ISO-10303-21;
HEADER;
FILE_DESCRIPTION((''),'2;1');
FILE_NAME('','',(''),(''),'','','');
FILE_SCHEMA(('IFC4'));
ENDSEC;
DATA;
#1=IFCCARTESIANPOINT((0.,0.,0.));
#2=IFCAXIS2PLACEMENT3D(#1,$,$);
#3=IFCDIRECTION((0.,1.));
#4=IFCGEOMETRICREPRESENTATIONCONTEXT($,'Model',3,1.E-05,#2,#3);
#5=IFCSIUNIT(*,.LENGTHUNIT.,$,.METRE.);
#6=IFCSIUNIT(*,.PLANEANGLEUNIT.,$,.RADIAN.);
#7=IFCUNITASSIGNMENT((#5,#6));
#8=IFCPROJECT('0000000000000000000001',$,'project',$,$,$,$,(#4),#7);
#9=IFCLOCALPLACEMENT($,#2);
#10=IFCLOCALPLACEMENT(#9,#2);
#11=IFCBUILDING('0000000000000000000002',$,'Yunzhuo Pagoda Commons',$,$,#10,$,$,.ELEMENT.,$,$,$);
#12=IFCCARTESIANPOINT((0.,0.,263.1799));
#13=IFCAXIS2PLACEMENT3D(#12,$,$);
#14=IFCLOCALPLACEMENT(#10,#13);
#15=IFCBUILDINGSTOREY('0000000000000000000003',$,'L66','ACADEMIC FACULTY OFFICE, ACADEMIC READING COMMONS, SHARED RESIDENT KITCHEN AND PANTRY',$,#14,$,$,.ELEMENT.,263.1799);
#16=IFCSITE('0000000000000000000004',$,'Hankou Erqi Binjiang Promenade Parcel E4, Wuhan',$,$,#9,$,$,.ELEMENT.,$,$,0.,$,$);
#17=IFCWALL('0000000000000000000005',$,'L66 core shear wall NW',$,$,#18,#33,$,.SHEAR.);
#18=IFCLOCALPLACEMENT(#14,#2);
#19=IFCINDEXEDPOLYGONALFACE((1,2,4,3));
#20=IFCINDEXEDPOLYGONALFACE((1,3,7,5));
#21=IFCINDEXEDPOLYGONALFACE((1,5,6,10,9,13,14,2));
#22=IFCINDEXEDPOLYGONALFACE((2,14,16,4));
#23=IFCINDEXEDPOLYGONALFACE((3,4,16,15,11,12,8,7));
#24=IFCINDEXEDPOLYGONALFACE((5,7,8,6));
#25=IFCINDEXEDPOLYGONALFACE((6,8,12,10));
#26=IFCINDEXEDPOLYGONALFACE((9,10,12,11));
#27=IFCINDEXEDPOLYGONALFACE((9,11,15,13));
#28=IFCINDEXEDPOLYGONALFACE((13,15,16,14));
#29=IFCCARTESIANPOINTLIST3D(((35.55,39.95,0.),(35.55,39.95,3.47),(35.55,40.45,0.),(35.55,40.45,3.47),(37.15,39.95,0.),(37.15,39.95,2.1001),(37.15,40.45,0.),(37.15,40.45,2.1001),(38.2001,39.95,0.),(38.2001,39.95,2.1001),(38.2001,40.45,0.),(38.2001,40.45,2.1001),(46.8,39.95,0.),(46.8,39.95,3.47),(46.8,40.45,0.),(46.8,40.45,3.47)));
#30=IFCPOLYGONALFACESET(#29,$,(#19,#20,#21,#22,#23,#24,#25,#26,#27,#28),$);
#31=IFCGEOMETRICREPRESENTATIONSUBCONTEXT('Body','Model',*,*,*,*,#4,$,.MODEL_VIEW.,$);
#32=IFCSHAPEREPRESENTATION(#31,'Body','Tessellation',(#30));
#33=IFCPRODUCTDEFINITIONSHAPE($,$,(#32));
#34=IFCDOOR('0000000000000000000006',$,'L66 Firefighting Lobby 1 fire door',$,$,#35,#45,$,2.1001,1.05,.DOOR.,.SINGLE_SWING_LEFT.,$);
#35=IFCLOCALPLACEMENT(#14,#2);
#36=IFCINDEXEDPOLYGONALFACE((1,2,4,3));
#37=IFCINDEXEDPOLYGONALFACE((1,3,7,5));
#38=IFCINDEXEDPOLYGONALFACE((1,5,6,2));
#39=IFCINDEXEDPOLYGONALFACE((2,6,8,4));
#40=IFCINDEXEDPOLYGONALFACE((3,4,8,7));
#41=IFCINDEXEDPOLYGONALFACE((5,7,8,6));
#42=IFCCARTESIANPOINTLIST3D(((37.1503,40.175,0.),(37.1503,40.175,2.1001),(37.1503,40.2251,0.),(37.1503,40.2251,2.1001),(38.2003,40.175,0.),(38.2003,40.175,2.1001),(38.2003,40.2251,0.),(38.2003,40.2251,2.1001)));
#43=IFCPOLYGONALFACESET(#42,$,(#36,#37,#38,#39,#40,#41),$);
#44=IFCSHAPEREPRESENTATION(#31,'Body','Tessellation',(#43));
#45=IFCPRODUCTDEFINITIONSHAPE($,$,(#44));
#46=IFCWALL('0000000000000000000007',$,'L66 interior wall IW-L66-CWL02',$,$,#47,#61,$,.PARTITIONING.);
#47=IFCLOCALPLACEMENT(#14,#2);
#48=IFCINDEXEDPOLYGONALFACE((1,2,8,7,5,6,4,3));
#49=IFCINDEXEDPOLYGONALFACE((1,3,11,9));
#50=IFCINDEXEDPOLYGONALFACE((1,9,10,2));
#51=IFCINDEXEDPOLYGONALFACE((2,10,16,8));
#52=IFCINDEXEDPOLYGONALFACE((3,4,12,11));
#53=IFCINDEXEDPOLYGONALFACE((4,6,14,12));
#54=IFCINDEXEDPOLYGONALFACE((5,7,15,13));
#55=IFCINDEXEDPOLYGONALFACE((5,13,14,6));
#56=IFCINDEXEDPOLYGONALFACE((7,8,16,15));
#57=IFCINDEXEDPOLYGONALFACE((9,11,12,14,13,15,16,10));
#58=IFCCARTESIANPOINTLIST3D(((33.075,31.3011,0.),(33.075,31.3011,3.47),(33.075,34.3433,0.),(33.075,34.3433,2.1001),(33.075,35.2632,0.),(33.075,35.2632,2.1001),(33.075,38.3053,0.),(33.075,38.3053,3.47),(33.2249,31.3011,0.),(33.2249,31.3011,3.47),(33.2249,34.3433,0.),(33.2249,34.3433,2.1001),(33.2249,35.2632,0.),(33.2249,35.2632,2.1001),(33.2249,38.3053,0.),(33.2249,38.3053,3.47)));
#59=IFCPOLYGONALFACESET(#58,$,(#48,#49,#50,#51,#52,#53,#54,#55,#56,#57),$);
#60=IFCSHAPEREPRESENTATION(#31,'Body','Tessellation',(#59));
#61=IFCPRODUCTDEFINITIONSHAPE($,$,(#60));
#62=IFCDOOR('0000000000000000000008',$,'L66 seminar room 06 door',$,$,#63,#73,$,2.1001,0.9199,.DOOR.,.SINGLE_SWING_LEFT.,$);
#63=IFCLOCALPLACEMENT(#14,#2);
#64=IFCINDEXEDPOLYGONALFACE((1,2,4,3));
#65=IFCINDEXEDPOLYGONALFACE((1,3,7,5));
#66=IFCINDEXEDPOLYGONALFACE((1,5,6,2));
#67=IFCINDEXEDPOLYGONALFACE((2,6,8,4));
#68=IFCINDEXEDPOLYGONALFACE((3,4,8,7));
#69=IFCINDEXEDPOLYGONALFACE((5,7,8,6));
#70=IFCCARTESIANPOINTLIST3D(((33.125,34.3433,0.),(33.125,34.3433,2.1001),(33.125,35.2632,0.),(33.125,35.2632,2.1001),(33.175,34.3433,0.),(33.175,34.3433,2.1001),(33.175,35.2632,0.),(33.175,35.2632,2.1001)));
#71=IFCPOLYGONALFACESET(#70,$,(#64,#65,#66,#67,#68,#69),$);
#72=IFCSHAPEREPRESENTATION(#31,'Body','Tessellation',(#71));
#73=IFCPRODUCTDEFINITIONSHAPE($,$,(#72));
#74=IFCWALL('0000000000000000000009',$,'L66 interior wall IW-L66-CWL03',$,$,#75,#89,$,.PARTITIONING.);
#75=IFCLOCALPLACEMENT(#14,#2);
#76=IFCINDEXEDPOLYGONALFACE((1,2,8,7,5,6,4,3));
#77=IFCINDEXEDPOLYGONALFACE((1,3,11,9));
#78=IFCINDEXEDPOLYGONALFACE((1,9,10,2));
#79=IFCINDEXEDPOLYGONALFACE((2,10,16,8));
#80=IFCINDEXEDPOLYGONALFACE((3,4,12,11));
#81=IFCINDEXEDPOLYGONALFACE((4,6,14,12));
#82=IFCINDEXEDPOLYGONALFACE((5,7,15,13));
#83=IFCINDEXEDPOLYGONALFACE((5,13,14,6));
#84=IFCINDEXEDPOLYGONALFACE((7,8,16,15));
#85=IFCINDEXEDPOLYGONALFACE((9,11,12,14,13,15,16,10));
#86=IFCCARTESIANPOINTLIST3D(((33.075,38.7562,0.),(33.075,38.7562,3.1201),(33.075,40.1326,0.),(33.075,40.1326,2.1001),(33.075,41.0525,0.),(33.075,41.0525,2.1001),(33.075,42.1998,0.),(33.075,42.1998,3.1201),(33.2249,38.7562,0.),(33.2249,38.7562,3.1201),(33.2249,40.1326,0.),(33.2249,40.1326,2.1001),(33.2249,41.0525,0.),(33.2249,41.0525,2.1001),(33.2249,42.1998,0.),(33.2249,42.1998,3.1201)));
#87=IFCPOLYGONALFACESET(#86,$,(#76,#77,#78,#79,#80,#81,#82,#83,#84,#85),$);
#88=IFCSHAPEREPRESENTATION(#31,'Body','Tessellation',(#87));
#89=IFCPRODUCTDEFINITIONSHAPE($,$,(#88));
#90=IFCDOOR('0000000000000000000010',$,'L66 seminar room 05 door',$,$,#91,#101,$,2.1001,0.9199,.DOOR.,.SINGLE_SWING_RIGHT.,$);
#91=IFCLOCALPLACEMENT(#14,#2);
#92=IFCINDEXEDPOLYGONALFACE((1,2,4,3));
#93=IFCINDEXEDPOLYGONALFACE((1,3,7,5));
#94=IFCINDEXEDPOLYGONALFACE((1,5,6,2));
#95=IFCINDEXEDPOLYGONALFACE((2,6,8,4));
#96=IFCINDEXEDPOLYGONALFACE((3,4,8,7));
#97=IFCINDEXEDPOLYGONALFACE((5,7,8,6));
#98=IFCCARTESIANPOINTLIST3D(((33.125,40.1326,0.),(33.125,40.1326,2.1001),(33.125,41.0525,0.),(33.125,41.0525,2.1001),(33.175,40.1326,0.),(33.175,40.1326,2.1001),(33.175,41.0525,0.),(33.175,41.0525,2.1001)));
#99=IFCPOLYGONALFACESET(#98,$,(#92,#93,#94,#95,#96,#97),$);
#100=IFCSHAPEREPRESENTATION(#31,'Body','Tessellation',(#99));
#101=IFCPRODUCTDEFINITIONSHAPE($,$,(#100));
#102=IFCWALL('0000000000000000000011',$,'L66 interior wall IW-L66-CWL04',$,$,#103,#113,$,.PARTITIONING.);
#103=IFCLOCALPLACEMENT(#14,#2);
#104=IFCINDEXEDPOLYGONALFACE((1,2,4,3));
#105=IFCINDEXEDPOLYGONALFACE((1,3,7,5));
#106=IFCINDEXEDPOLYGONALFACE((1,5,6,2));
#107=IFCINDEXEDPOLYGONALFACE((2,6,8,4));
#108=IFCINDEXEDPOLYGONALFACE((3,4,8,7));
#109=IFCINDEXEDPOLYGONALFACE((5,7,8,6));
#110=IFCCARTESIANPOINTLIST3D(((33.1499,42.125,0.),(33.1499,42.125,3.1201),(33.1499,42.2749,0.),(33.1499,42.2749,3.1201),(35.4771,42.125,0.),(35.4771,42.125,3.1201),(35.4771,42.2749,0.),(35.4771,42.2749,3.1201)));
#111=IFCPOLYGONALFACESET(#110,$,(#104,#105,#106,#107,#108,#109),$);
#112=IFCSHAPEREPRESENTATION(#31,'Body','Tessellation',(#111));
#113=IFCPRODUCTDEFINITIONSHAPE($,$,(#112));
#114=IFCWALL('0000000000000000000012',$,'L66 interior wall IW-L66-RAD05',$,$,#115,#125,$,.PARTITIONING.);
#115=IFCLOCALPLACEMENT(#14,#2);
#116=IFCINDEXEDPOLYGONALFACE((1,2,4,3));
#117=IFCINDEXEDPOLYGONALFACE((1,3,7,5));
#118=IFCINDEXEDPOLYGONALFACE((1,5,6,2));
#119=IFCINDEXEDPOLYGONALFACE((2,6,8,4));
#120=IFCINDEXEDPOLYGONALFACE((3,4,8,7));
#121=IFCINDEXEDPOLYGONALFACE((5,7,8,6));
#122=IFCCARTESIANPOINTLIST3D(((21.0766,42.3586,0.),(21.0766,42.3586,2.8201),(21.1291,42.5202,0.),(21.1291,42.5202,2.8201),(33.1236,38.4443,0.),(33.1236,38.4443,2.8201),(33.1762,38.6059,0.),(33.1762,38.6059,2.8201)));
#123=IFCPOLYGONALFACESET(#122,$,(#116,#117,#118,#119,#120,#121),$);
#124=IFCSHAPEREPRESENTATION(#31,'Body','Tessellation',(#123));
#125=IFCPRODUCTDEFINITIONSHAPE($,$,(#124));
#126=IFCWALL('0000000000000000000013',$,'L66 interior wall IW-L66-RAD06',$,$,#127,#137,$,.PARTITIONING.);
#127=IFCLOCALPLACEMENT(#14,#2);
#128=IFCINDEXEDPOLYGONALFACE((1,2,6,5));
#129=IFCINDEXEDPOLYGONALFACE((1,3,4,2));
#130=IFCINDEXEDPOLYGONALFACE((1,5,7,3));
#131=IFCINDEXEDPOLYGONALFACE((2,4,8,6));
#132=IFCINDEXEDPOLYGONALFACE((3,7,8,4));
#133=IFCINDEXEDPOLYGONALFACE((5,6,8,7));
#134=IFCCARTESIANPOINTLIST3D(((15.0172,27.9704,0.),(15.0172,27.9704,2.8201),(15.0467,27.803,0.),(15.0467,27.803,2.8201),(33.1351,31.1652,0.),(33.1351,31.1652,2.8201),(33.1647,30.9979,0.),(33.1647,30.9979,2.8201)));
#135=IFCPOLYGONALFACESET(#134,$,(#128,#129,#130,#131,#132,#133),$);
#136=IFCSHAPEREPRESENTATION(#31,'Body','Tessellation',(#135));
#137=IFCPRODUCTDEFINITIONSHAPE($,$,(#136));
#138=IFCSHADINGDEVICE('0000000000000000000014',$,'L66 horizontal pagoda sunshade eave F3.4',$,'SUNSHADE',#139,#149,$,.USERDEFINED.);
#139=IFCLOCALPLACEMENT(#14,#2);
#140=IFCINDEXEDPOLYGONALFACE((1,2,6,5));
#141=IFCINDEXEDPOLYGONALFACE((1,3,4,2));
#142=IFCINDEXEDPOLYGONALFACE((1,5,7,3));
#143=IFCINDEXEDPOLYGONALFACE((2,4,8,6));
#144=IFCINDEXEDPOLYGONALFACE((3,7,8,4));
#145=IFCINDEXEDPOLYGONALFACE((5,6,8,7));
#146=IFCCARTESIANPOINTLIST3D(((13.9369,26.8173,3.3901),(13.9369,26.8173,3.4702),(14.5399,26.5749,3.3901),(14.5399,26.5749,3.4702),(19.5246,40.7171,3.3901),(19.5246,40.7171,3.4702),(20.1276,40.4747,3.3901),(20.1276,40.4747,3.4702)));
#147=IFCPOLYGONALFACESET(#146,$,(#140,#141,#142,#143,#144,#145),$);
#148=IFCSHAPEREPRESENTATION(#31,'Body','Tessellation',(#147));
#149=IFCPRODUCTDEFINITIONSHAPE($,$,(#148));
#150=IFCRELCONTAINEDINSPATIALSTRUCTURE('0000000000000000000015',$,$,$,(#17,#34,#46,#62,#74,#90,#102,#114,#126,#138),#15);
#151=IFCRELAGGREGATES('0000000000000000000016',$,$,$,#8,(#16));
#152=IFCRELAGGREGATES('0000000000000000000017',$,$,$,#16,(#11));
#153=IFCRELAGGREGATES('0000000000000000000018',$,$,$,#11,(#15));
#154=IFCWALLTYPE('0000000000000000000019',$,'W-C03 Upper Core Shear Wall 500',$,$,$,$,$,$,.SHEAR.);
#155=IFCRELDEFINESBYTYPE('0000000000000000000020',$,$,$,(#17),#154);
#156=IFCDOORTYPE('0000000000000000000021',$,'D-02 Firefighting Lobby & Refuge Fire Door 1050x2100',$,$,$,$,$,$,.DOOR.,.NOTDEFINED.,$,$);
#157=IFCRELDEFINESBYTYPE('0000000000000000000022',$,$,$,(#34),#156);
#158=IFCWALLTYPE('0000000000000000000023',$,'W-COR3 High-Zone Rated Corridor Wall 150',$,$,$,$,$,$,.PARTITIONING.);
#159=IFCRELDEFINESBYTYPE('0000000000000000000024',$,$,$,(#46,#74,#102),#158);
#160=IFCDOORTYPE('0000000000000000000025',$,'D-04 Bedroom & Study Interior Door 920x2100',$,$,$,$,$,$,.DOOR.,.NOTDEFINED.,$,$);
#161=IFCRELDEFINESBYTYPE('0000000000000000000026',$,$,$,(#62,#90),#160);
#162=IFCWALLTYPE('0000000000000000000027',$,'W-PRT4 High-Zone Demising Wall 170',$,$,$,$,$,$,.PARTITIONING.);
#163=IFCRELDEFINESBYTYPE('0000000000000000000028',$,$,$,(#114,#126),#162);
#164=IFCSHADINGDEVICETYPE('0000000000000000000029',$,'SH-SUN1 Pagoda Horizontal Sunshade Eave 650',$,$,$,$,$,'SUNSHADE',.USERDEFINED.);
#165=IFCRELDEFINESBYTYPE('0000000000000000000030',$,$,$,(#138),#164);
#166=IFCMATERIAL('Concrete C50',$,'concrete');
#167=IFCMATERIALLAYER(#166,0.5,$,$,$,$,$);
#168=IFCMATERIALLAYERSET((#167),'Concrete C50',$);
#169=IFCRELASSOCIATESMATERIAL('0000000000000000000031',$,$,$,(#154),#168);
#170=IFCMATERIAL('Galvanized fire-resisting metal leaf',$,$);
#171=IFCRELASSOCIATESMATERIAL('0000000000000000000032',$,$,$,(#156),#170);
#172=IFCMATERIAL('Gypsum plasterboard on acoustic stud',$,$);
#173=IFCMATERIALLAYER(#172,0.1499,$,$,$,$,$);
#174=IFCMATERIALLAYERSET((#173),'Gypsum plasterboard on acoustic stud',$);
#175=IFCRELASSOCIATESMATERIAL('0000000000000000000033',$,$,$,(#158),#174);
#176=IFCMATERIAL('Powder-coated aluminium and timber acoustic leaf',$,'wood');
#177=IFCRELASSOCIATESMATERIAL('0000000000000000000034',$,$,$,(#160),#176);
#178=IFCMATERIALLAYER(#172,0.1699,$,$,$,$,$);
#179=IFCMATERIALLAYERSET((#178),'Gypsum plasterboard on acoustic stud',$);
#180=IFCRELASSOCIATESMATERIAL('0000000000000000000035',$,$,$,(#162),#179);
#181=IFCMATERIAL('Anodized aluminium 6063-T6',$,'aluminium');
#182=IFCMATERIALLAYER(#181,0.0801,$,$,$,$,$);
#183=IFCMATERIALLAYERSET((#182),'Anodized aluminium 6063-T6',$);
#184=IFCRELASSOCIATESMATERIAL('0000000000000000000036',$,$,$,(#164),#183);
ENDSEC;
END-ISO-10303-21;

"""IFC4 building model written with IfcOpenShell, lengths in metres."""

from ifc_helpers import new_model, si_unit, direction, frame, frame_2d, origin, origin_with_axes, origin_2d, place, context, subcontext, project, spatial, rectangle, extrude, source, transform, mapped, material, layer, layer_set, type_object, element, fill, save


model = new_model("IFC4")

# Units and contexts
model_context = context("Model", 3, precision=1e-05, world=origin(), true_north=direction((0.0, 1.0)))
body_context = subcontext(model_context, "Body", "Model", "MODEL_VIEW")
ifc_project = project(units=[si_unit("LENGTHUNIT", "METRE"), si_unit("PLANEANGLEUNIT", "RADIAN")], contexts=[model_context])

# Site, building, storey
site_placement = place(None, origin())
site = spatial("IfcSite", under=ifc_project, at=site_placement, Name="Hankou Erqi Binjiang Promenade Parcel E4, Wuhan", CompositionType="ELEMENT", RefElevation=0.0)
building_placement = place(site_placement, origin())
building = spatial("IfcBuilding", under=site, at=building_placement, Name="Yunzhuo Pagoda Commons", CompositionType="ELEMENT")
storey_placement = place(building_placement, frame((0.0, 0.0, 263.1799)))
storey = spatial("IfcBuildingStorey", under=building, at=storey_placement, Name="L66", Description="ACADEMIC FACULTY OFFICE, ACADEMIC READING COMMONS, SHARED RESIDENT KITCHEN AND PANTRY", CompositionType="ELEMENT", Elevation=263.1799)

# Shared definitions
ifc_material_1 = material(Name="Anodized aluminium 6063-T6", Category="aluminium")

# Walls, openings, doors
ifc_material_2 = material(Name="Concrete C50", Category="concrete")
ifc_layer_1 = layer(ifc_material_2, 0.5)
ifc_layer_set_1 = layer_set([ifc_layer_1], Name="Concrete C50")
wall_type_1 = type_object("IfcWallType", Name="W-C03 Upper Core Shear Wall 500", PredefinedType="SHEAR", material=ifc_layer_set_1)
wall_1_placement = place(storey_placement, frame((35.55, 40.2, 0.0), z_axis=(0.0, 0.0, 1.0), x_axis=(1.0, 0.0, 0.0)))
wall_1 = element("IfcWall", 1, at=wall_1_placement, inside=storey, type_object=wall_type_1, Name="L66 core shear wall NW", PredefinedType="SHEAR", context=body_context, shape_type="SweptSolid", body=[
    extrude(rectangle(XDim=11.25, YDim=0.5, at=frame_2d((5.625, 0.0))), origin(), (0.0, 0.0, 1.0), 3.47),
])
opening_1_placement = place(wall_1_placement, frame((1.6001, 0.0, 0.0)))
opening_1 = element("IfcOpeningElement", 2, at=opening_1_placement, cuts=wall_1, PredefinedType="OPENING", context=body_context, shape_type="SweptSolid", body=[
    extrude(rectangle(XDim=1.05, YDim=2.1001, at=frame_2d((0.5249, 1.05))), frame((0.0, 0.26, 0.0), z_axis=(0.0, -1.0, 0.0), x_axis=(1.0, 0.0, 0.0)), (0.0, 0.0, 1.0), 0.52),
])
ifc_material_3 = material(Name="Galvanized fire-resisting metal leaf")
door_type_1 = type_object("IfcDoorType", Name="D-02 Firefighting Lobby & Refuge Fire Door 1050x2100", OperationType="NOTDEFINED", PredefinedType="DOOR", material=ifc_material_3)
shared_shape_1 = source(origin(), body_context, "Body", "SweptSolid", [
    extrude(rectangle(XDim=1.05, YDim=2.1001, at=frame_2d((0.5249, 1.05))), frame((0.0, 0.0249, 0.0), z_axis=(0.0, -1.0, 0.0), x_axis=(1.0, 0.0, 0.0)), (0.0, 0.0, 1.0), 0.05),
])
door_1_placement = place(opening_1_placement, frame((1.05, 0.0, 0.0), z_axis=(0.0, 0.0, 1.0), x_axis=(-1.0, 0.0, 0.0)))
door_1 = element("IfcDoor", 3, at=door_1_placement, inside=storey, type_object=door_type_1, Name="L66 Firefighting Lobby 1 fire door", OperationType="SINGLE_SWING_LEFT", OverallHeight=2.1001, OverallWidth=1.05, PredefinedType="DOOR", context=body_context, shape_type="MappedRepresentation", body=[
    mapped(shared_shape_1, transform((0.0, 0.0, 0.0), scale=1.0)),
])
fill(opening_1, door_1)
ifc_material_4 = material(Name="Gypsum plasterboard on acoustic stud")
ifc_layer_2 = layer(ifc_material_4, 0.1499)
ifc_layer_set_2 = layer_set([ifc_layer_2], Name="Gypsum plasterboard on acoustic stud")
wall_type_2 = type_object("IfcWallType", Name="W-COR3 High-Zone Rated Corridor Wall 150", PredefinedType="PARTITIONING", material=ifc_layer_set_2)
wall_2_placement = place(storey_placement, frame((33.1499, 31.3013, 0.0), z_axis=(0.0, 0.0, 1.0), x_axis=(0.0, 1.0, 0.0)))
wall_2 = element("IfcWall", 4, at=wall_2_placement, inside=storey, type_object=wall_type_2, Name="L66 interior wall IW-L66-CWL02", PredefinedType="PARTITIONING", context=body_context, shape_type="SweptSolid", body=[
    extrude(rectangle(XDim=7.0042, YDim=0.1499, at=frame_2d((3.502, 0.0))), origin(), (0.0, 0.0, 1.0), 3.47),
])
opening_2_placement = place(wall_2_placement, frame((3.042, 0.0, 0.0)))
opening_2 = element("IfcOpeningElement", 5, at=opening_2_placement, cuts=wall_2, PredefinedType="OPENING", context=body_context, shape_type="SweptSolid", body=[
    extrude(rectangle(XDim=0.9199, YDim=2.1001, at=frame_2d((0.46, 1.05))), frame((0.0, 0.085, 0.0), z_axis=(0.0, -1.0, 0.0), x_axis=(1.0, 0.0, 0.0)), (0.0, 0.0, 1.0), 0.1699),
])
ifc_material_5 = material(Name="Powder-coated aluminium and timber acoustic leaf", Category="wood")
door_type_2 = type_object("IfcDoorType", Name="D-04 Bedroom & Study Interior Door 920x2100", OperationType="NOTDEFINED", PredefinedType="DOOR", material=ifc_material_5)
shared_shape_2 = source(origin(), body_context, "Body", "SweptSolid", [
    extrude(rectangle(XDim=0.9199, YDim=2.1001, at=frame_2d((0.46, 1.05))), frame((0.0, 0.0249, 0.0), z_axis=(0.0, -1.0, 0.0), x_axis=(1.0, 0.0, 0.0)), (0.0, 0.0, 1.0), 0.05),
])
door_2_placement = place(opening_2_placement, origin_with_axes())
door_2 = element("IfcDoor", 6, at=door_2_placement, inside=storey, type_object=door_type_2, Name="L66 seminar room 06 door", OperationType="SINGLE_SWING_LEFT", OverallHeight=2.1001, OverallWidth=0.9199, PredefinedType="DOOR", context=body_context, shape_type="MappedRepresentation", body=[
    mapped(shared_shape_2, transform((0.0, 0.0, 0.0), scale=1.0)),
])
fill(opening_2, door_2)
wall_3_placement = place(storey_placement, frame((33.1499, 38.7563, 0.0), z_axis=(0.0, 0.0, 1.0), x_axis=(0.0, 1.0, 0.0)))
wall_3 = element("IfcWall", 7, at=wall_3_placement, inside=storey, type_object=wall_type_2, Name="L66 interior wall IW-L66-CWL03", PredefinedType="PARTITIONING", context=body_context, shape_type="SweptSolid", body=[
    extrude(rectangle(XDim=3.4436, YDim=0.1499, at=frame_2d((1.7217, 0.0))), origin(), (0.0, 0.0, 1.0), 3.1201),
])
opening_3_placement = place(wall_3_placement, frame((1.3762, 0.0, 0.0)))
opening_3 = element("IfcOpeningElement", 8, at=opening_3_placement, cuts=wall_3, PredefinedType="OPENING", context=body_context, shape_type="SweptSolid", body=[
    extrude(rectangle(XDim=0.9199, YDim=2.1001, at=frame_2d((0.46, 1.05))), frame((0.0, 0.085, 0.0), z_axis=(0.0, -1.0, 0.0), x_axis=(1.0, 0.0, 0.0)), (0.0, 0.0, 1.0), 0.1699),
])
door_3_placement = place(opening_3_placement, origin_with_axes())
door_3 = element("IfcDoor", 9, at=door_3_placement, inside=storey, type_object=door_type_2, Name="L66 seminar room 05 door", OperationType="SINGLE_SWING_RIGHT", OverallHeight=2.1001, OverallWidth=0.9199, PredefinedType="DOOR", context=body_context, shape_type="MappedRepresentation", body=[
    mapped(shared_shape_2, transform((0.0, 0.0, 0.0), scale=1.0)),
])
fill(opening_3, door_3)

# Walls
wall_4_placement = place(storey_placement, frame((33.1499, 42.2, 0.0), z_axis=(0.0, 0.0, 1.0), x_axis=(1.0, 0.0, 0.0)))
element("IfcWall", 10, at=wall_4_placement, inside=storey, type_object=wall_type_2, Name="L66 interior wall IW-L66-CWL04", PredefinedType="PARTITIONING", context=body_context, shape_type="SweptSolid", body=[
    extrude(rectangle(XDim=2.3271, YDim=0.1499, at=frame_2d((1.1636, 0.0))), origin(), (0.0, 0.0, 1.0), 3.1201),
])
ifc_layer_3 = layer(ifc_material_4, 0.1699)
ifc_layer_set_3 = layer_set([ifc_layer_3], Name="Gypsum plasterboard on acoustic stud")
wall_type_3 = type_object("IfcWallType", Name="W-PRT4 High-Zone Demising Wall 170", PredefinedType="PARTITIONING", material=ifc_layer_set_3)
wall_5_placement = place(storey_placement, frame((33.1499, 38.5251, 0.0), z_axis=(0.0, 0.0, 1.0), x_axis=(-0.951057, 0.309014, 0.0)))
element("IfcWall", 11, at=wall_5_placement, inside=storey, type_object=wall_type_3, Name="L66 interior wall IW-L66-RAD05", PredefinedType="PARTITIONING", context=body_context, shape_type="SweptSolid", body=[
    extrude(rectangle(XDim=12.667, YDim=0.1699, at=frame_2d((6.3335, 0.0))), origin(), (0.0, 0.0, 1.0), 2.8201),
])
wall_6_placement = place(storey_placement, frame((33.1499, 31.0815, 0.0), z_axis=(0.0, 0.0, 1.0), x_axis=(-0.984806, -0.173656, 0.0)))
element("IfcWall", 12, at=wall_6_placement, inside=storey, type_object=wall_type_3, Name="L66 interior wall IW-L66-RAD06", PredefinedType="PARTITIONING", context=body_context, shape_type="SweptSolid", body=[
    extrude(rectangle(XDim=18.3975, YDim=0.1699, at=frame_2d((9.1987, 0.0))), origin(), (0.0, 0.0, 1.0), 2.8201),
])

# Shading device
ifc_layer_4 = layer(ifc_material_1, 0.0801)
ifc_layer_set_4 = layer_set([ifc_layer_4], Name="Anodized aluminium 6063-T6")
shading_device_type = type_object("IfcShadingDeviceType", Name="SH-SUN1 Pagoda Horizontal Sunshade Eave 650", ElementType="SUNSHADE", PredefinedType="USERDEFINED", material=ifc_layer_set_4)
shared_shape_3 = source(origin(), body_context, "Body", "SweptSolid", [
    extrude(rectangle(XDim=14.981, YDim=0.6499, at=origin_2d()), origin(), (0.0, 0.0, 1.0), 0.0801),
])
shading_device_placement = place(storey_placement, frame((17.0322, 33.646, 3.3901), z_axis=(0.0, 0.0, 1.0), x_axis=(-0.372988, -0.927836, 0.0)))
element("IfcShadingDevice", 13, at=shading_device_placement, inside=storey, type_object=shading_device_type, Name="L66 horizontal pagoda sunshade eave F3.4", ObjectType="SUNSHADE", PredefinedType="USERDEFINED", context=body_context, shape_type="MappedRepresentation", body=[
    mapped(shared_shape_3, transform((0.0, 0.0, 0.0), scale=1.0)),
])

save(model, "model.ifc")
